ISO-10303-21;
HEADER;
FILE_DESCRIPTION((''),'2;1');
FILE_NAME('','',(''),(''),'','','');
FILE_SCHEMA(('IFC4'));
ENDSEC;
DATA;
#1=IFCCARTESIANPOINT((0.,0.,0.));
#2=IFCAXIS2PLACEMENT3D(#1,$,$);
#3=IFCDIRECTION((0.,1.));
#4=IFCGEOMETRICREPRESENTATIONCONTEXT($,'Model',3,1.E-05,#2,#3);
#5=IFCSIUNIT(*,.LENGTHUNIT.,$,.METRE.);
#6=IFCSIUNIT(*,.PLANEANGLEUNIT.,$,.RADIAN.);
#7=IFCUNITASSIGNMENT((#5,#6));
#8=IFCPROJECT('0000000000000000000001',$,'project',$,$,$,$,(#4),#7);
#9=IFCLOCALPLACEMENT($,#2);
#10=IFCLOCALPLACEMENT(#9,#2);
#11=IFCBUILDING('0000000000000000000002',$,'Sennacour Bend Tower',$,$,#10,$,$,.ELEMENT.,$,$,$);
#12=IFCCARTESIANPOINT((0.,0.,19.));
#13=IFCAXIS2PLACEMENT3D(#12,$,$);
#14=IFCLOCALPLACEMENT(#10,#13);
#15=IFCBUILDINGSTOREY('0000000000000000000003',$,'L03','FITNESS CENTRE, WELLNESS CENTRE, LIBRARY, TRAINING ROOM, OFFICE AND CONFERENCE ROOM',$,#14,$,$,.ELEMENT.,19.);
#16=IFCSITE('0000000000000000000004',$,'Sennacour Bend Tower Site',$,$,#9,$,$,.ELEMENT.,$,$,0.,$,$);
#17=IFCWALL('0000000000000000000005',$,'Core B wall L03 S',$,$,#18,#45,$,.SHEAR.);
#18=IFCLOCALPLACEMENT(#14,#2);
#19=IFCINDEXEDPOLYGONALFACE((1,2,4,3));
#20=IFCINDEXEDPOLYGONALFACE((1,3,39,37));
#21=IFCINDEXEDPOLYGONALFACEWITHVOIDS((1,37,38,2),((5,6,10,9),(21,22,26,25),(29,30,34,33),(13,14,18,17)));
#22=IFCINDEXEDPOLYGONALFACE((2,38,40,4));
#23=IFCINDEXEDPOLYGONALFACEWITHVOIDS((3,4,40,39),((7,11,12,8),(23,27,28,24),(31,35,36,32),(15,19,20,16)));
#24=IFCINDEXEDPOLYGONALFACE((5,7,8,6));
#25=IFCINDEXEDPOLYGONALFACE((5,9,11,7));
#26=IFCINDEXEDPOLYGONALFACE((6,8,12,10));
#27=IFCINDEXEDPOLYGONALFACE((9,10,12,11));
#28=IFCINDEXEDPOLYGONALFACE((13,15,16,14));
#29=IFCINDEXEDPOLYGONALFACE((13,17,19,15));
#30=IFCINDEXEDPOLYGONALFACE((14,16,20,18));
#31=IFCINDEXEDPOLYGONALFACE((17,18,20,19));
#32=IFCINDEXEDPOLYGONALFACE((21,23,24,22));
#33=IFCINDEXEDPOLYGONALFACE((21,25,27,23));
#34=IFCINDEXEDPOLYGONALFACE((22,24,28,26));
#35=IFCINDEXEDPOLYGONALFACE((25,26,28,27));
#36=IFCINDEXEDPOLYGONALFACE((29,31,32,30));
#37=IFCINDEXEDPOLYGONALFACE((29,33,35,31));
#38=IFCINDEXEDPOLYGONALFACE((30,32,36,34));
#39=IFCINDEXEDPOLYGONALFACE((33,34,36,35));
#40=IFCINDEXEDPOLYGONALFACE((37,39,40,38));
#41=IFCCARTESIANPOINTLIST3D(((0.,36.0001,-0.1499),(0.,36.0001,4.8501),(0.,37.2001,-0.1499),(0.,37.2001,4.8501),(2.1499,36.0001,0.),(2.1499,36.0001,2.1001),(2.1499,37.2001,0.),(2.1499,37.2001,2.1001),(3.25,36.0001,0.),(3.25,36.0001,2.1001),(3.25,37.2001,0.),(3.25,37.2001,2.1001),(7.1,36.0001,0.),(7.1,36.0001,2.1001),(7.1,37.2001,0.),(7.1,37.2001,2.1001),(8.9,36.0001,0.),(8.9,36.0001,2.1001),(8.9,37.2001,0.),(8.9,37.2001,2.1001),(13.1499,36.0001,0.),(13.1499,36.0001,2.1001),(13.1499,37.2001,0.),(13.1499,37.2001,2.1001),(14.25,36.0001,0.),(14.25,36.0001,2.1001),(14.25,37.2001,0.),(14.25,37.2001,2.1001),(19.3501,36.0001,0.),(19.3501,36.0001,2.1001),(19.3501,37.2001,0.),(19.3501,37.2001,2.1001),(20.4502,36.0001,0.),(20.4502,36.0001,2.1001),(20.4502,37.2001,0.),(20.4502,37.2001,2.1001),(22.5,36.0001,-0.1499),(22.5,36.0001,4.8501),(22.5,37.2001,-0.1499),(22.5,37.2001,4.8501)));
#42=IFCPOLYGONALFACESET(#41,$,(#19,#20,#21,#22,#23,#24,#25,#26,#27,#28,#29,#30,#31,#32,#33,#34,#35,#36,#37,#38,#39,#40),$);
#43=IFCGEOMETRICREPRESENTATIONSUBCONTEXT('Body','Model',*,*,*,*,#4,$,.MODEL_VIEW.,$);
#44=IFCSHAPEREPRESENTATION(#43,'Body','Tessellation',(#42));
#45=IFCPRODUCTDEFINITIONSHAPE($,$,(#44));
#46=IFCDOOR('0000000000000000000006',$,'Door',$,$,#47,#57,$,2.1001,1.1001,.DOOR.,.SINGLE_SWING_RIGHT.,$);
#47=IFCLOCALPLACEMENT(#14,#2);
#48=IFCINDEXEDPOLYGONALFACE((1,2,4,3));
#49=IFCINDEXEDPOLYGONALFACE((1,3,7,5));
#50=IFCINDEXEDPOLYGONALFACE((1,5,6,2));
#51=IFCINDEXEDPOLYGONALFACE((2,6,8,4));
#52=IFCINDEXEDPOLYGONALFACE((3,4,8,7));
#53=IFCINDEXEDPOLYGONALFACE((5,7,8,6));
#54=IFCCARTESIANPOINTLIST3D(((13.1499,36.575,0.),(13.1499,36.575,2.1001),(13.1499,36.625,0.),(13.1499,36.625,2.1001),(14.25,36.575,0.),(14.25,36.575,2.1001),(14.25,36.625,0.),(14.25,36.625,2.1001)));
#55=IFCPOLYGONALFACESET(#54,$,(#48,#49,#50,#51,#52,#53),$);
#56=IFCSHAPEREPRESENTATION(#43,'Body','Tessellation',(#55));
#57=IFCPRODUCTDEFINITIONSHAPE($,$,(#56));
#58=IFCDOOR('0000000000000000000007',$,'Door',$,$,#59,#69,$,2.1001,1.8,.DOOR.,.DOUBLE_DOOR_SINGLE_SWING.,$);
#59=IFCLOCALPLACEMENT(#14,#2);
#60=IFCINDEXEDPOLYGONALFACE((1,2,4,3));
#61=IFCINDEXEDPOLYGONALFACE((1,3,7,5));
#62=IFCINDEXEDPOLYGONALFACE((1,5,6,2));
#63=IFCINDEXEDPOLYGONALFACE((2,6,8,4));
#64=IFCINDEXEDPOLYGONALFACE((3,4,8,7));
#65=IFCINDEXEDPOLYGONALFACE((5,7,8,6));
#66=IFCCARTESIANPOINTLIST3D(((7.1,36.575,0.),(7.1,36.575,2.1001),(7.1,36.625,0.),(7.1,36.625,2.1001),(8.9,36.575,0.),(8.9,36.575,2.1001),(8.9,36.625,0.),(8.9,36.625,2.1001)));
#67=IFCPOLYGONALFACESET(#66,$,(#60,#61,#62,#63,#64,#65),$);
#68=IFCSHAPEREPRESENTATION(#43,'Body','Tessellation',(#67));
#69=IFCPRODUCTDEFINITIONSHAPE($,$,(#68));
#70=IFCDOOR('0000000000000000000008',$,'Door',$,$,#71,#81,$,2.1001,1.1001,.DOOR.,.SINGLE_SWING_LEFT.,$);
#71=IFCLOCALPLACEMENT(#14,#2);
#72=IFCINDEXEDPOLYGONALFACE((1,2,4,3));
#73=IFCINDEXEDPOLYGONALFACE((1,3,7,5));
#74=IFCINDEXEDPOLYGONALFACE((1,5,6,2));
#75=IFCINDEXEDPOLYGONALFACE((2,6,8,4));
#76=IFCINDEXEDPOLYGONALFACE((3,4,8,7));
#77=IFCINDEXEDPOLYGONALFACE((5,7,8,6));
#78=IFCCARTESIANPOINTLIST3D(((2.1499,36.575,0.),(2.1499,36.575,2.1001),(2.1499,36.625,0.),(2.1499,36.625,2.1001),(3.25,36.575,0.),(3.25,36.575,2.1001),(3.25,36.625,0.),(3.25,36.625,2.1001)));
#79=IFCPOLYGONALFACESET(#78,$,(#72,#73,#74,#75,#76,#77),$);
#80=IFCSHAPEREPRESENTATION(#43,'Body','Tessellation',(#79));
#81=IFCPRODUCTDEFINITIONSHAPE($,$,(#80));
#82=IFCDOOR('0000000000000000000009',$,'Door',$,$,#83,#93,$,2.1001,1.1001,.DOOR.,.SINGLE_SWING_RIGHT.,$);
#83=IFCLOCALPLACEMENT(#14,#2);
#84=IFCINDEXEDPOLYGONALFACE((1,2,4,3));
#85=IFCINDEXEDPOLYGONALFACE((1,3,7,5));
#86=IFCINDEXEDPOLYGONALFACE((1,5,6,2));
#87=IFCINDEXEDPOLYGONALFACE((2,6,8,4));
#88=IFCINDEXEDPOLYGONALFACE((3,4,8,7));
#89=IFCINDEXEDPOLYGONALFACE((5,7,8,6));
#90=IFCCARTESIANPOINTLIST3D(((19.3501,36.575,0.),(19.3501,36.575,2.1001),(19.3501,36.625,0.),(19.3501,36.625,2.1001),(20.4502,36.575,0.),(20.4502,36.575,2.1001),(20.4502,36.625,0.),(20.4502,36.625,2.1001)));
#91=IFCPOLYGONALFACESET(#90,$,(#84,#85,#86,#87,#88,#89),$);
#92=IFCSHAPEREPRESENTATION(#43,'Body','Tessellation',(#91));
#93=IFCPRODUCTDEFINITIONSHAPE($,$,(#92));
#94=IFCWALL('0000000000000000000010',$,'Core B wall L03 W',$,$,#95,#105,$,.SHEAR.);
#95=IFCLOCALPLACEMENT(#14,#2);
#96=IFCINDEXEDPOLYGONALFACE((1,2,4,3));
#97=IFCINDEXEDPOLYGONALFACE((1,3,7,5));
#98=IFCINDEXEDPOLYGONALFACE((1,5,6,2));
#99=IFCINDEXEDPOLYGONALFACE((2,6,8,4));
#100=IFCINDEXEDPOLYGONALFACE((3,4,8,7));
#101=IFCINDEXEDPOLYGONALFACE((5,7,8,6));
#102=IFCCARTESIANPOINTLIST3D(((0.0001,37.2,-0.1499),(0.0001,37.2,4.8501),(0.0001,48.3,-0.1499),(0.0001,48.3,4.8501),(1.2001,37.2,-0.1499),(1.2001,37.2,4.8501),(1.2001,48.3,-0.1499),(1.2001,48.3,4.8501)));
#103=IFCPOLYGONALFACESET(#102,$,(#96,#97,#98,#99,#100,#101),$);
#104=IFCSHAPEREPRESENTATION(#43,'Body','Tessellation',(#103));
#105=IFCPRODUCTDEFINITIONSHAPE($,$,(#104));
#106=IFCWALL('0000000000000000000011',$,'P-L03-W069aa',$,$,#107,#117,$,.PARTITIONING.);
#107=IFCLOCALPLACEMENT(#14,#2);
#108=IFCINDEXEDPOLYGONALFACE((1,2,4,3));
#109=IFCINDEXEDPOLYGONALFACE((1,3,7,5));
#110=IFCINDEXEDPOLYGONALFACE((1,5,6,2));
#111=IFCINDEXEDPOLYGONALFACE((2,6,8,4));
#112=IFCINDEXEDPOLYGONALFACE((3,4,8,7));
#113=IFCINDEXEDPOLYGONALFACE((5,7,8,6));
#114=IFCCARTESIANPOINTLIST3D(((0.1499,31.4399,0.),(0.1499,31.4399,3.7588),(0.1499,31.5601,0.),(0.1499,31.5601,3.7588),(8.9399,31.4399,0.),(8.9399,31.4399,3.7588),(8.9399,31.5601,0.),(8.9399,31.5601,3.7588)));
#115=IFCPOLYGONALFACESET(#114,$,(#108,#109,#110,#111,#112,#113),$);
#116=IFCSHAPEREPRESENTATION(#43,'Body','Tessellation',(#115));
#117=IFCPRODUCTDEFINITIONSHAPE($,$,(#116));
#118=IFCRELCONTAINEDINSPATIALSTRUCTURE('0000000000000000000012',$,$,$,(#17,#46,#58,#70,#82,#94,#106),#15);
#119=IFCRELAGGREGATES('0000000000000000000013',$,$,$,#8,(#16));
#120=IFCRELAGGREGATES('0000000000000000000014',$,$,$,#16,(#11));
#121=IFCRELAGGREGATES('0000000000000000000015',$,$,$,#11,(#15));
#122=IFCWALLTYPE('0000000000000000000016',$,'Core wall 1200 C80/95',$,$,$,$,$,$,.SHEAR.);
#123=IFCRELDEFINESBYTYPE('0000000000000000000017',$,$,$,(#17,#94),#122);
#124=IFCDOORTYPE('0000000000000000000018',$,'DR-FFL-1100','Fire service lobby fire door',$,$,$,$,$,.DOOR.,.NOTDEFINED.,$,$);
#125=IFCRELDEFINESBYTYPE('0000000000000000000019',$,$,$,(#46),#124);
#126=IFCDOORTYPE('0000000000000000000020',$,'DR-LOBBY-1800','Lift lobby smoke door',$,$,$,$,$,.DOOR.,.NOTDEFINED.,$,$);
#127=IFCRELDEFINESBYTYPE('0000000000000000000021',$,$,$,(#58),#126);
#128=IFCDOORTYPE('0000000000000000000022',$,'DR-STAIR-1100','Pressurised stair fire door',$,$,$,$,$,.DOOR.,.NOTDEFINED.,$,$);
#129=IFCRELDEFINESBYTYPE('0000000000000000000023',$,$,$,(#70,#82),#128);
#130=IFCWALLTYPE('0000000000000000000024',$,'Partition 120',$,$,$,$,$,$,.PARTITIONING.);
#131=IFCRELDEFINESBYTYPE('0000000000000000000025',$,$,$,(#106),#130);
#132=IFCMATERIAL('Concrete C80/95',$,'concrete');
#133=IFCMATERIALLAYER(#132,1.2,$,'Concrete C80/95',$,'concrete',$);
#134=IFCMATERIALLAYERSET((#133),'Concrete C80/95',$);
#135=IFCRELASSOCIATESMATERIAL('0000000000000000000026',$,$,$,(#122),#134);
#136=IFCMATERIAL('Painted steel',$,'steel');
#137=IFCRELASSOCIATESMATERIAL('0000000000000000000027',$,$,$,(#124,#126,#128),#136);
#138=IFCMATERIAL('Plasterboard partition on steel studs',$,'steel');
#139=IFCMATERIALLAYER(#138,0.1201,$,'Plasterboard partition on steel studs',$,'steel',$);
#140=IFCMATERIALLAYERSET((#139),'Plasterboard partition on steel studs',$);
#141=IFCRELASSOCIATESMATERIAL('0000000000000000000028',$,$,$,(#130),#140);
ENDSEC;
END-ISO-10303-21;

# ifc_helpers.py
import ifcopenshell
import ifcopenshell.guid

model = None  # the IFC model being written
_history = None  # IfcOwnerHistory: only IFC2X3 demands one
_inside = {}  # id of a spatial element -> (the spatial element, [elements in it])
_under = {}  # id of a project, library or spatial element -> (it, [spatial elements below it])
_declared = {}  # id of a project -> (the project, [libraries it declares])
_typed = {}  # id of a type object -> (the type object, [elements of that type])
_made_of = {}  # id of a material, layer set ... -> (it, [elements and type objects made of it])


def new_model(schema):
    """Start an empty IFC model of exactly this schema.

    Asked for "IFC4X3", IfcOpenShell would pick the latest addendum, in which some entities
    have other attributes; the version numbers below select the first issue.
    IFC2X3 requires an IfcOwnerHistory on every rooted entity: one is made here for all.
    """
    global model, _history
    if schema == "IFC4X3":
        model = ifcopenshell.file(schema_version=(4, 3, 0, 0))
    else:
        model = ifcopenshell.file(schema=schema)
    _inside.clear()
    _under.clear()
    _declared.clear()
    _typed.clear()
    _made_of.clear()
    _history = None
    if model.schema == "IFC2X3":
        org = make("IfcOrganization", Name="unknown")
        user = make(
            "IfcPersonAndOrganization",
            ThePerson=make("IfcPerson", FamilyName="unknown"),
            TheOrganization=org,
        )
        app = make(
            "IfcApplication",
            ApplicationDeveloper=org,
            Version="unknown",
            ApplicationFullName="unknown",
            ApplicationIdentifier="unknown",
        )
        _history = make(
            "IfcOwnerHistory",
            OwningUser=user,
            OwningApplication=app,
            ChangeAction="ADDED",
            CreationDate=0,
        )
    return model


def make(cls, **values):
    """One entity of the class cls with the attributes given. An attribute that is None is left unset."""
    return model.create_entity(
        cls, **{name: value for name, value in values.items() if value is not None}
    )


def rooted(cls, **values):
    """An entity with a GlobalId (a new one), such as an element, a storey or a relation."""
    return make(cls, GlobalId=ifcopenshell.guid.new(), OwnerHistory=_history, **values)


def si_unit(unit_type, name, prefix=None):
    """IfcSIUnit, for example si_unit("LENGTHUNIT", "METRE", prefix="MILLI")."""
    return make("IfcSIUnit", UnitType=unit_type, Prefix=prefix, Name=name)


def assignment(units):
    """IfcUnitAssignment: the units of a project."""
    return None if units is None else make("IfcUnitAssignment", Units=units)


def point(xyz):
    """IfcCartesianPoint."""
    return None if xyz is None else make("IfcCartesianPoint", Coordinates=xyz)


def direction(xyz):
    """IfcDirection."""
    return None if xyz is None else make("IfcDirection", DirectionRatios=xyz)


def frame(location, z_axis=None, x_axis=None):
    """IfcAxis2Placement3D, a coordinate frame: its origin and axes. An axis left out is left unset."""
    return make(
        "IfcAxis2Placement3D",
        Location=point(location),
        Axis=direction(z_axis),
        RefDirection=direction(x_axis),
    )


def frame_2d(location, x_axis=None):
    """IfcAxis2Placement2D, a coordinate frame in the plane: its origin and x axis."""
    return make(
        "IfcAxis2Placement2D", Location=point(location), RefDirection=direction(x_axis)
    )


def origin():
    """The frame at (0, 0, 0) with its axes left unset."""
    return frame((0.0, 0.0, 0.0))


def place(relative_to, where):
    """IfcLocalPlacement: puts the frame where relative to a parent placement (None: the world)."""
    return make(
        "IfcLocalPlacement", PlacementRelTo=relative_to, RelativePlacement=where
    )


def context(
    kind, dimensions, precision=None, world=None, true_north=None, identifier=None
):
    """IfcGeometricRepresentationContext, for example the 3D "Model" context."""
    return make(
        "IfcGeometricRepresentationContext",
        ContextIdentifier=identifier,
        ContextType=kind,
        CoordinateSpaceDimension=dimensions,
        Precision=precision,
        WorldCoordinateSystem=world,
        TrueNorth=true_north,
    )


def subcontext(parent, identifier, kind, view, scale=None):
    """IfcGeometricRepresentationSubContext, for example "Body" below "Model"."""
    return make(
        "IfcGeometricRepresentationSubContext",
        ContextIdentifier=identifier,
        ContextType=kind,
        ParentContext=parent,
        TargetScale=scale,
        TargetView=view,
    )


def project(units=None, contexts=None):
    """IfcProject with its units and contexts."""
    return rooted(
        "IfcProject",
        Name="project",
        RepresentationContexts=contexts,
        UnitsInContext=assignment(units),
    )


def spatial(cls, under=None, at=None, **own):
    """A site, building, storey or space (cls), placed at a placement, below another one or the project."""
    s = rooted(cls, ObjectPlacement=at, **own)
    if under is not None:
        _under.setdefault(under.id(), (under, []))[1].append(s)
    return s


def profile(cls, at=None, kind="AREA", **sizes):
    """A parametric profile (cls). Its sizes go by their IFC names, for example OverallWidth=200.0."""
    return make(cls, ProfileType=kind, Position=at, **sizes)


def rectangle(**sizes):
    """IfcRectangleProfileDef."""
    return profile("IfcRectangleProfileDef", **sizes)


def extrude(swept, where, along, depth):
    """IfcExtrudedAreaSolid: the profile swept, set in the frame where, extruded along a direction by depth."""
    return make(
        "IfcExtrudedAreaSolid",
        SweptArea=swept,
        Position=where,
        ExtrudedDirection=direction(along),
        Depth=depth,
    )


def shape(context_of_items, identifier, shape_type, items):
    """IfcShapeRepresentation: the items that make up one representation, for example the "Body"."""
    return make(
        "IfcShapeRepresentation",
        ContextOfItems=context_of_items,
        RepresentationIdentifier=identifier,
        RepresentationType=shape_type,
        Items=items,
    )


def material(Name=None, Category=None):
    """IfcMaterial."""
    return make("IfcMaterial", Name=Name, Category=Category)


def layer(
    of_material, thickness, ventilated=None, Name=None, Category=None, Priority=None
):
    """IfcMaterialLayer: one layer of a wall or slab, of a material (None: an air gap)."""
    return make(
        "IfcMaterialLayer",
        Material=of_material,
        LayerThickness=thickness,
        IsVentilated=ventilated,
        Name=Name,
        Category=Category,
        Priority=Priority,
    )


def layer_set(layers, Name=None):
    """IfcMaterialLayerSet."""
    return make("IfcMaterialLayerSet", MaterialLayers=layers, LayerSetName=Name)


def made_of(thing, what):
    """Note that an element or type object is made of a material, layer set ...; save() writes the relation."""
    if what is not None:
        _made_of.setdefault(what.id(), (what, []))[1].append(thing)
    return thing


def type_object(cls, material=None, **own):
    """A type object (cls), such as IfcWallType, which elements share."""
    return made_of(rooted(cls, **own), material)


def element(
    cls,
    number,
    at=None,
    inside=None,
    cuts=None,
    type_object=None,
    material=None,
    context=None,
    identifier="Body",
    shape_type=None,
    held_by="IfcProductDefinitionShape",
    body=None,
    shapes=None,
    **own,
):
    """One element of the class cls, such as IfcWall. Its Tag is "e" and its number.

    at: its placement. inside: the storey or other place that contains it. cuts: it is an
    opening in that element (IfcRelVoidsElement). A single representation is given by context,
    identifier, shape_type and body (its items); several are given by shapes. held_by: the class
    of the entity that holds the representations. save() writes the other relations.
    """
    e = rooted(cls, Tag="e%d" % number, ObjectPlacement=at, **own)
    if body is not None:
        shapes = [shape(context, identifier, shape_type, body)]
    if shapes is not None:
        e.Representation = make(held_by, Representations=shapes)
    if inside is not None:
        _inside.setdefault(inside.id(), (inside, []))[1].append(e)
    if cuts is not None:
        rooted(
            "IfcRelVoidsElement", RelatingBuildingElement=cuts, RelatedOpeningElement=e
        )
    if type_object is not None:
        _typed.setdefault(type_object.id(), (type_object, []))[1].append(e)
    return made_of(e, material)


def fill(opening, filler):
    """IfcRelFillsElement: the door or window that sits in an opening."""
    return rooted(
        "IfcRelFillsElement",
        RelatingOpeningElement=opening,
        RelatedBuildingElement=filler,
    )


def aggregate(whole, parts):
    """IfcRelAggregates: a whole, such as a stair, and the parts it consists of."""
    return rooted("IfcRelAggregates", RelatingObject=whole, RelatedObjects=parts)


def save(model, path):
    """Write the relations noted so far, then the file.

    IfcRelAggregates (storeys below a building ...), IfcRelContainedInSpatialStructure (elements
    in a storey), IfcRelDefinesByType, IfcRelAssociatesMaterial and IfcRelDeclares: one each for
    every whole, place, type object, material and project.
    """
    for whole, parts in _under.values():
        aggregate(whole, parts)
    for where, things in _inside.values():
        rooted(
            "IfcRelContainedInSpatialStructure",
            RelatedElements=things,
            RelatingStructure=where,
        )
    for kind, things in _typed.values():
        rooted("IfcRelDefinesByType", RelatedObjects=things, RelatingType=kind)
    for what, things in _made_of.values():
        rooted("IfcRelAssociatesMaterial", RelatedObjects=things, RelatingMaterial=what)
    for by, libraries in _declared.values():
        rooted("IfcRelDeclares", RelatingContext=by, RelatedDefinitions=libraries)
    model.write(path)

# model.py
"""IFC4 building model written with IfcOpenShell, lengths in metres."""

from ifc_helpers import new_model, si_unit, direction, frame, frame_2d, origin, place, context, subcontext, project, spatial, rectangle, extrude, material, layer, layer_set, type_object, element, fill, save


model = new_model("IFC4")

# Units and contexts
model_context = context("Model", 3, precision=1e-05, world=origin(), true_north=direction((0.0, 1.0)))
body_context = subcontext(model_context, "Body", "Model", "MODEL_VIEW")
ifc_project = project(units=[si_unit("LENGTHUNIT", "METRE"), si_unit("PLANEANGLEUNIT", "RADIAN")], contexts=[model_context])

# Site, building, storey
site_placement = place(None, origin())
site = spatial("IfcSite", under=ifc_project, at=site_placement, Name="Sennacour Bend Tower Site", CompositionType="ELEMENT", RefElevation=0.0)
building_placement = place(site_placement, origin())
building = spatial("IfcBuilding", under=site, at=building_placement, Name="Sennacour Bend Tower", CompositionType="ELEMENT")
storey_placement = place(building_placement, frame((0.0, 0.0, 19.0)))
storey = spatial("IfcBuildingStorey", under=building, at=storey_placement, Name="L03", Description="FITNESS CENTRE, WELLNESS CENTRE, LIBRARY, TRAINING ROOM, OFFICE AND CONFERENCE ROOM", CompositionType="ELEMENT", Elevation=19.0)

# Wall, openings, doors
ifc_material_1 = material(Name="Concrete C80/95", Category="concrete")
ifc_layer_1 = layer(ifc_material_1, 1.2, Name="Concrete C80/95", Category="concrete")
ifc_layer_set_1 = layer_set([ifc_layer_1], Name="Concrete C80/95")
wall_type_1 = type_object("IfcWallType", Name="Core wall 1200 C80/95", PredefinedType="SHEAR", material=ifc_layer_set_1)
wall_1_placement = place(storey_placement, frame((0.0, 36.6001, -0.1499), z_axis=(0.0, 0.0, 1.0), x_axis=(1.0, 0.0, 0.0)))
wall_1 = element("IfcWall", 1, at=wall_1_placement, inside=storey, type_object=wall_type_1, Name="Core B wall L03 S", PredefinedType="SHEAR", context=body_context, shape_type="SweptSolid", body=[
    extrude(rectangle(XDim=22.5, YDim=1.2, at=frame_2d((11.25, 0.0))), origin(), (0.0, 0.0, 1.0), 5.0),
])
opening_1_placement = place(wall_1_placement, frame((7.1001, 0.0, 0.1499)))
opening_1 = element("IfcOpeningElement", 2, at=opening_1_placement, cuts=wall_1, PredefinedType="OPENING", context=body_context, shape_type="SweptSolid", body=[
    extrude(rectangle(XDim=1.8, YDim=2.1001, at=frame_2d((0.8999, 1.05))), frame((0.0, 0.6099, 0.0), z_axis=(0.0, -1.0, 0.0), x_axis=(1.0, 0.0, 0.0)), (0.0, 0.0, 1.0), 1.22),
])
opening_2_placement = place(wall_1_placement, frame((13.1499, 0.0, 0.1499)))
opening_2 = element("IfcOpeningElement", 3, at=opening_2_placement, cuts=wall_1, PredefinedType="OPENING", context=body_context, shape_type="SweptSolid", body=[
    extrude(rectangle(XDim=1.1001, YDim=2.1001, at=frame_2d((0.55, 1.05))), frame((0.0, 0.6099, 0.0), z_axis=(0.0, -1.0, 0.0), x_axis=(1.0, 0.0, 0.0)), (0.0, 0.0, 1.0), 1.22),
])
opening_3_placement = place(wall_1_placement, frame((2.1499, 0.0, 0.1499)))
opening_3 = element("IfcOpeningElement", 4, at=opening_3_placement, cuts=wall_1, PredefinedType="OPENING", context=body_context, shape_type="SweptSolid", body=[
    extrude(rectangle(XDim=1.1001, YDim=2.1001, at=frame_2d((0.55, 1.05))), frame((0.0, 0.6099, 0.0), z_axis=(0.0, -1.0, 0.0), x_axis=(1.0, 0.0, 0.0)), (0.0, 0.0, 1.0), 1.22),
])
opening_4_placement = place(wall_1_placement, frame((19.3501, 0.0, 0.1499)))
opening_4 = element("IfcOpeningElement", 5, at=opening_4_placement, cuts=wall_1, PredefinedType="OPENING", context=body_context, shape_type="SweptSolid", body=[
    extrude(rectangle(XDim=1.1001, YDim=2.1001, at=frame_2d((0.55, 1.05))), frame((0.0, 0.6099, 0.0), z_axis=(0.0, -1.0, 0.0), x_axis=(1.0, 0.0, 0.0)), (0.0, 0.0, 1.0), 1.22),
])
ifc_material_2 = material(Name="Painted steel", Category="steel")
door_type_1 = type_object("IfcDoorType", Name="DR-FFL-1100", Description="Fire service lobby fire door", OperationType="NOTDEFINED", PredefinedType="DOOR", material=ifc_material_2)
door_1_placement = place(opening_2_placement, origin())
door_1 = element("IfcDoor", 6, at=door_1_placement, inside=storey, type_object=door_type_1, Name="Door", OperationType="SINGLE_SWING_RIGHT", OverallHeight=2.1001, OverallWidth=1.1001, PredefinedType="DOOR", context=body_context, shape_type="SweptSolid", body=[
    extrude(rectangle(XDim=1.1001, YDim=2.1001, at=frame_2d((0.55, 1.05))), frame((0.0, 0.0249, 0.0), z_axis=(0.0, -1.0, 0.0), x_axis=(1.0, 0.0, 0.0)), (0.0, 0.0, 1.0), 0.05),
])
fill(opening_2, door_1)
door_type_2 = type_object("IfcDoorType", Name="DR-LOBBY-1800", Description="Lift lobby smoke door", OperationType="NOTDEFINED", PredefinedType="DOOR", material=ifc_material_2)
door_2_placement = place(opening_1_placement, origin())
door_2 = element("IfcDoor", 7, at=door_2_placement, inside=storey, type_object=door_type_2, Name="Door", OperationType="DOUBLE_DOOR_SINGLE_SWING", OverallHeight=2.1001, OverallWidth=1.8, PredefinedType="DOOR", context=body_context, shape_type="SweptSolid", body=[
    extrude(rectangle(XDim=1.8, YDim=2.1001, at=frame_2d((0.8999, 1.05))), frame((0.0, 0.0249, 0.0), z_axis=(0.0, -1.0, 0.0), x_axis=(1.0, 0.0, 0.0)), (0.0, 0.0, 1.0), 0.05),
])
fill(opening_1, door_2)
door_type_3 = type_object("IfcDoorType", Name="DR-STAIR-1100", Description="Pressurised stair fire door", OperationType="NOTDEFINED", PredefinedType="DOOR", material=ifc_material_2)
door_3_placement = place(opening_3_placement, origin())
door_3 = element("IfcDoor", 8, at=door_3_placement, inside=storey, type_object=door_type_3, Name="Door", OperationType="SINGLE_SWING_LEFT", OverallHeight=2.1001, OverallWidth=1.1001, PredefinedType="DOOR", context=body_context, shape_type="SweptSolid", body=[
    extrude(rectangle(XDim=1.1001, YDim=2.1001, at=frame_2d((0.55, 1.05))), frame((0.0, 0.0249, 0.0), z_axis=(0.0, -1.0, 0.0), x_axis=(1.0, 0.0, 0.0)), (0.0, 0.0, 1.0), 0.05),
])
fill(opening_3, door_3)
door_4_placement = place(opening_4_placement, origin())
door_4 = element("IfcDoor", 9, at=door_4_placement, inside=storey, type_object=door_type_3, Name="Door", OperationType="SINGLE_SWING_RIGHT", OverallHeight=2.1001, OverallWidth=1.1001, PredefinedType="DOOR", context=body_context, shape_type="SweptSolid", body=[
    extrude(rectangle(XDim=1.1001, YDim=2.1001, at=frame_2d((0.55, 1.05))), frame((0.0, 0.0249, 0.0), z_axis=(0.0, -1.0, 0.0), x_axis=(1.0, 0.0, 0.0)), (0.0, 0.0, 1.0), 0.05),
])
fill(opening_4, door_4)

# Walls
wall_2_placement = place(storey_placement, frame((0.6001, 37.2, -0.1499), z_axis=(0.0, 0.0, 1.0), x_axis=(0.0, 1.0, 0.0)))
element("IfcWall", 10, at=wall_2_placement, inside=storey, type_object=wall_type_1, Name="Core B wall L03 W", PredefinedType="SHEAR", context=body_context, shape_type="SweptSolid", body=[
    extrude(rectangle(XDim=11.1001, YDim=1.2, at=frame_2d((5.55, 0.0))), origin(), (0.0, 0.0, 1.0), 5.0),
])
ifc_material_3 = material(Name="Plasterboard partition on steel studs", Category="steel")
ifc_layer_2 = layer(ifc_material_3, 0.1201, Name="Plasterboard partition on steel studs", Category="steel")
ifc_layer_set_2 = layer_set([ifc_layer_2], Name="Plasterboard partition on steel studs")
wall_type_2 = type_object("IfcWallType", Name="Partition 120", PredefinedType="PARTITIONING", material=ifc_layer_set_2)
wall_3_placement = place(storey_placement, frame((0.1499, 31.5, 0.0), z_axis=(0.0, 0.0, 1.0), x_axis=(1.0, 0.0, 0.0)))
element("IfcWall", 11, at=wall_3_placement, inside=storey, type_object=wall_type_2, Name="P-L03-W069aa", PredefinedType="PARTITIONING", context=body_context, shape_type="SweptSolid", body=[
    extrude(rectangle(XDim=8.79, YDim=0.1201, at=frame_2d((4.395, 0.0))), origin(), (0.0, 0.0, 1.0), 3.7588),
])

save(model, "model.ifc")
